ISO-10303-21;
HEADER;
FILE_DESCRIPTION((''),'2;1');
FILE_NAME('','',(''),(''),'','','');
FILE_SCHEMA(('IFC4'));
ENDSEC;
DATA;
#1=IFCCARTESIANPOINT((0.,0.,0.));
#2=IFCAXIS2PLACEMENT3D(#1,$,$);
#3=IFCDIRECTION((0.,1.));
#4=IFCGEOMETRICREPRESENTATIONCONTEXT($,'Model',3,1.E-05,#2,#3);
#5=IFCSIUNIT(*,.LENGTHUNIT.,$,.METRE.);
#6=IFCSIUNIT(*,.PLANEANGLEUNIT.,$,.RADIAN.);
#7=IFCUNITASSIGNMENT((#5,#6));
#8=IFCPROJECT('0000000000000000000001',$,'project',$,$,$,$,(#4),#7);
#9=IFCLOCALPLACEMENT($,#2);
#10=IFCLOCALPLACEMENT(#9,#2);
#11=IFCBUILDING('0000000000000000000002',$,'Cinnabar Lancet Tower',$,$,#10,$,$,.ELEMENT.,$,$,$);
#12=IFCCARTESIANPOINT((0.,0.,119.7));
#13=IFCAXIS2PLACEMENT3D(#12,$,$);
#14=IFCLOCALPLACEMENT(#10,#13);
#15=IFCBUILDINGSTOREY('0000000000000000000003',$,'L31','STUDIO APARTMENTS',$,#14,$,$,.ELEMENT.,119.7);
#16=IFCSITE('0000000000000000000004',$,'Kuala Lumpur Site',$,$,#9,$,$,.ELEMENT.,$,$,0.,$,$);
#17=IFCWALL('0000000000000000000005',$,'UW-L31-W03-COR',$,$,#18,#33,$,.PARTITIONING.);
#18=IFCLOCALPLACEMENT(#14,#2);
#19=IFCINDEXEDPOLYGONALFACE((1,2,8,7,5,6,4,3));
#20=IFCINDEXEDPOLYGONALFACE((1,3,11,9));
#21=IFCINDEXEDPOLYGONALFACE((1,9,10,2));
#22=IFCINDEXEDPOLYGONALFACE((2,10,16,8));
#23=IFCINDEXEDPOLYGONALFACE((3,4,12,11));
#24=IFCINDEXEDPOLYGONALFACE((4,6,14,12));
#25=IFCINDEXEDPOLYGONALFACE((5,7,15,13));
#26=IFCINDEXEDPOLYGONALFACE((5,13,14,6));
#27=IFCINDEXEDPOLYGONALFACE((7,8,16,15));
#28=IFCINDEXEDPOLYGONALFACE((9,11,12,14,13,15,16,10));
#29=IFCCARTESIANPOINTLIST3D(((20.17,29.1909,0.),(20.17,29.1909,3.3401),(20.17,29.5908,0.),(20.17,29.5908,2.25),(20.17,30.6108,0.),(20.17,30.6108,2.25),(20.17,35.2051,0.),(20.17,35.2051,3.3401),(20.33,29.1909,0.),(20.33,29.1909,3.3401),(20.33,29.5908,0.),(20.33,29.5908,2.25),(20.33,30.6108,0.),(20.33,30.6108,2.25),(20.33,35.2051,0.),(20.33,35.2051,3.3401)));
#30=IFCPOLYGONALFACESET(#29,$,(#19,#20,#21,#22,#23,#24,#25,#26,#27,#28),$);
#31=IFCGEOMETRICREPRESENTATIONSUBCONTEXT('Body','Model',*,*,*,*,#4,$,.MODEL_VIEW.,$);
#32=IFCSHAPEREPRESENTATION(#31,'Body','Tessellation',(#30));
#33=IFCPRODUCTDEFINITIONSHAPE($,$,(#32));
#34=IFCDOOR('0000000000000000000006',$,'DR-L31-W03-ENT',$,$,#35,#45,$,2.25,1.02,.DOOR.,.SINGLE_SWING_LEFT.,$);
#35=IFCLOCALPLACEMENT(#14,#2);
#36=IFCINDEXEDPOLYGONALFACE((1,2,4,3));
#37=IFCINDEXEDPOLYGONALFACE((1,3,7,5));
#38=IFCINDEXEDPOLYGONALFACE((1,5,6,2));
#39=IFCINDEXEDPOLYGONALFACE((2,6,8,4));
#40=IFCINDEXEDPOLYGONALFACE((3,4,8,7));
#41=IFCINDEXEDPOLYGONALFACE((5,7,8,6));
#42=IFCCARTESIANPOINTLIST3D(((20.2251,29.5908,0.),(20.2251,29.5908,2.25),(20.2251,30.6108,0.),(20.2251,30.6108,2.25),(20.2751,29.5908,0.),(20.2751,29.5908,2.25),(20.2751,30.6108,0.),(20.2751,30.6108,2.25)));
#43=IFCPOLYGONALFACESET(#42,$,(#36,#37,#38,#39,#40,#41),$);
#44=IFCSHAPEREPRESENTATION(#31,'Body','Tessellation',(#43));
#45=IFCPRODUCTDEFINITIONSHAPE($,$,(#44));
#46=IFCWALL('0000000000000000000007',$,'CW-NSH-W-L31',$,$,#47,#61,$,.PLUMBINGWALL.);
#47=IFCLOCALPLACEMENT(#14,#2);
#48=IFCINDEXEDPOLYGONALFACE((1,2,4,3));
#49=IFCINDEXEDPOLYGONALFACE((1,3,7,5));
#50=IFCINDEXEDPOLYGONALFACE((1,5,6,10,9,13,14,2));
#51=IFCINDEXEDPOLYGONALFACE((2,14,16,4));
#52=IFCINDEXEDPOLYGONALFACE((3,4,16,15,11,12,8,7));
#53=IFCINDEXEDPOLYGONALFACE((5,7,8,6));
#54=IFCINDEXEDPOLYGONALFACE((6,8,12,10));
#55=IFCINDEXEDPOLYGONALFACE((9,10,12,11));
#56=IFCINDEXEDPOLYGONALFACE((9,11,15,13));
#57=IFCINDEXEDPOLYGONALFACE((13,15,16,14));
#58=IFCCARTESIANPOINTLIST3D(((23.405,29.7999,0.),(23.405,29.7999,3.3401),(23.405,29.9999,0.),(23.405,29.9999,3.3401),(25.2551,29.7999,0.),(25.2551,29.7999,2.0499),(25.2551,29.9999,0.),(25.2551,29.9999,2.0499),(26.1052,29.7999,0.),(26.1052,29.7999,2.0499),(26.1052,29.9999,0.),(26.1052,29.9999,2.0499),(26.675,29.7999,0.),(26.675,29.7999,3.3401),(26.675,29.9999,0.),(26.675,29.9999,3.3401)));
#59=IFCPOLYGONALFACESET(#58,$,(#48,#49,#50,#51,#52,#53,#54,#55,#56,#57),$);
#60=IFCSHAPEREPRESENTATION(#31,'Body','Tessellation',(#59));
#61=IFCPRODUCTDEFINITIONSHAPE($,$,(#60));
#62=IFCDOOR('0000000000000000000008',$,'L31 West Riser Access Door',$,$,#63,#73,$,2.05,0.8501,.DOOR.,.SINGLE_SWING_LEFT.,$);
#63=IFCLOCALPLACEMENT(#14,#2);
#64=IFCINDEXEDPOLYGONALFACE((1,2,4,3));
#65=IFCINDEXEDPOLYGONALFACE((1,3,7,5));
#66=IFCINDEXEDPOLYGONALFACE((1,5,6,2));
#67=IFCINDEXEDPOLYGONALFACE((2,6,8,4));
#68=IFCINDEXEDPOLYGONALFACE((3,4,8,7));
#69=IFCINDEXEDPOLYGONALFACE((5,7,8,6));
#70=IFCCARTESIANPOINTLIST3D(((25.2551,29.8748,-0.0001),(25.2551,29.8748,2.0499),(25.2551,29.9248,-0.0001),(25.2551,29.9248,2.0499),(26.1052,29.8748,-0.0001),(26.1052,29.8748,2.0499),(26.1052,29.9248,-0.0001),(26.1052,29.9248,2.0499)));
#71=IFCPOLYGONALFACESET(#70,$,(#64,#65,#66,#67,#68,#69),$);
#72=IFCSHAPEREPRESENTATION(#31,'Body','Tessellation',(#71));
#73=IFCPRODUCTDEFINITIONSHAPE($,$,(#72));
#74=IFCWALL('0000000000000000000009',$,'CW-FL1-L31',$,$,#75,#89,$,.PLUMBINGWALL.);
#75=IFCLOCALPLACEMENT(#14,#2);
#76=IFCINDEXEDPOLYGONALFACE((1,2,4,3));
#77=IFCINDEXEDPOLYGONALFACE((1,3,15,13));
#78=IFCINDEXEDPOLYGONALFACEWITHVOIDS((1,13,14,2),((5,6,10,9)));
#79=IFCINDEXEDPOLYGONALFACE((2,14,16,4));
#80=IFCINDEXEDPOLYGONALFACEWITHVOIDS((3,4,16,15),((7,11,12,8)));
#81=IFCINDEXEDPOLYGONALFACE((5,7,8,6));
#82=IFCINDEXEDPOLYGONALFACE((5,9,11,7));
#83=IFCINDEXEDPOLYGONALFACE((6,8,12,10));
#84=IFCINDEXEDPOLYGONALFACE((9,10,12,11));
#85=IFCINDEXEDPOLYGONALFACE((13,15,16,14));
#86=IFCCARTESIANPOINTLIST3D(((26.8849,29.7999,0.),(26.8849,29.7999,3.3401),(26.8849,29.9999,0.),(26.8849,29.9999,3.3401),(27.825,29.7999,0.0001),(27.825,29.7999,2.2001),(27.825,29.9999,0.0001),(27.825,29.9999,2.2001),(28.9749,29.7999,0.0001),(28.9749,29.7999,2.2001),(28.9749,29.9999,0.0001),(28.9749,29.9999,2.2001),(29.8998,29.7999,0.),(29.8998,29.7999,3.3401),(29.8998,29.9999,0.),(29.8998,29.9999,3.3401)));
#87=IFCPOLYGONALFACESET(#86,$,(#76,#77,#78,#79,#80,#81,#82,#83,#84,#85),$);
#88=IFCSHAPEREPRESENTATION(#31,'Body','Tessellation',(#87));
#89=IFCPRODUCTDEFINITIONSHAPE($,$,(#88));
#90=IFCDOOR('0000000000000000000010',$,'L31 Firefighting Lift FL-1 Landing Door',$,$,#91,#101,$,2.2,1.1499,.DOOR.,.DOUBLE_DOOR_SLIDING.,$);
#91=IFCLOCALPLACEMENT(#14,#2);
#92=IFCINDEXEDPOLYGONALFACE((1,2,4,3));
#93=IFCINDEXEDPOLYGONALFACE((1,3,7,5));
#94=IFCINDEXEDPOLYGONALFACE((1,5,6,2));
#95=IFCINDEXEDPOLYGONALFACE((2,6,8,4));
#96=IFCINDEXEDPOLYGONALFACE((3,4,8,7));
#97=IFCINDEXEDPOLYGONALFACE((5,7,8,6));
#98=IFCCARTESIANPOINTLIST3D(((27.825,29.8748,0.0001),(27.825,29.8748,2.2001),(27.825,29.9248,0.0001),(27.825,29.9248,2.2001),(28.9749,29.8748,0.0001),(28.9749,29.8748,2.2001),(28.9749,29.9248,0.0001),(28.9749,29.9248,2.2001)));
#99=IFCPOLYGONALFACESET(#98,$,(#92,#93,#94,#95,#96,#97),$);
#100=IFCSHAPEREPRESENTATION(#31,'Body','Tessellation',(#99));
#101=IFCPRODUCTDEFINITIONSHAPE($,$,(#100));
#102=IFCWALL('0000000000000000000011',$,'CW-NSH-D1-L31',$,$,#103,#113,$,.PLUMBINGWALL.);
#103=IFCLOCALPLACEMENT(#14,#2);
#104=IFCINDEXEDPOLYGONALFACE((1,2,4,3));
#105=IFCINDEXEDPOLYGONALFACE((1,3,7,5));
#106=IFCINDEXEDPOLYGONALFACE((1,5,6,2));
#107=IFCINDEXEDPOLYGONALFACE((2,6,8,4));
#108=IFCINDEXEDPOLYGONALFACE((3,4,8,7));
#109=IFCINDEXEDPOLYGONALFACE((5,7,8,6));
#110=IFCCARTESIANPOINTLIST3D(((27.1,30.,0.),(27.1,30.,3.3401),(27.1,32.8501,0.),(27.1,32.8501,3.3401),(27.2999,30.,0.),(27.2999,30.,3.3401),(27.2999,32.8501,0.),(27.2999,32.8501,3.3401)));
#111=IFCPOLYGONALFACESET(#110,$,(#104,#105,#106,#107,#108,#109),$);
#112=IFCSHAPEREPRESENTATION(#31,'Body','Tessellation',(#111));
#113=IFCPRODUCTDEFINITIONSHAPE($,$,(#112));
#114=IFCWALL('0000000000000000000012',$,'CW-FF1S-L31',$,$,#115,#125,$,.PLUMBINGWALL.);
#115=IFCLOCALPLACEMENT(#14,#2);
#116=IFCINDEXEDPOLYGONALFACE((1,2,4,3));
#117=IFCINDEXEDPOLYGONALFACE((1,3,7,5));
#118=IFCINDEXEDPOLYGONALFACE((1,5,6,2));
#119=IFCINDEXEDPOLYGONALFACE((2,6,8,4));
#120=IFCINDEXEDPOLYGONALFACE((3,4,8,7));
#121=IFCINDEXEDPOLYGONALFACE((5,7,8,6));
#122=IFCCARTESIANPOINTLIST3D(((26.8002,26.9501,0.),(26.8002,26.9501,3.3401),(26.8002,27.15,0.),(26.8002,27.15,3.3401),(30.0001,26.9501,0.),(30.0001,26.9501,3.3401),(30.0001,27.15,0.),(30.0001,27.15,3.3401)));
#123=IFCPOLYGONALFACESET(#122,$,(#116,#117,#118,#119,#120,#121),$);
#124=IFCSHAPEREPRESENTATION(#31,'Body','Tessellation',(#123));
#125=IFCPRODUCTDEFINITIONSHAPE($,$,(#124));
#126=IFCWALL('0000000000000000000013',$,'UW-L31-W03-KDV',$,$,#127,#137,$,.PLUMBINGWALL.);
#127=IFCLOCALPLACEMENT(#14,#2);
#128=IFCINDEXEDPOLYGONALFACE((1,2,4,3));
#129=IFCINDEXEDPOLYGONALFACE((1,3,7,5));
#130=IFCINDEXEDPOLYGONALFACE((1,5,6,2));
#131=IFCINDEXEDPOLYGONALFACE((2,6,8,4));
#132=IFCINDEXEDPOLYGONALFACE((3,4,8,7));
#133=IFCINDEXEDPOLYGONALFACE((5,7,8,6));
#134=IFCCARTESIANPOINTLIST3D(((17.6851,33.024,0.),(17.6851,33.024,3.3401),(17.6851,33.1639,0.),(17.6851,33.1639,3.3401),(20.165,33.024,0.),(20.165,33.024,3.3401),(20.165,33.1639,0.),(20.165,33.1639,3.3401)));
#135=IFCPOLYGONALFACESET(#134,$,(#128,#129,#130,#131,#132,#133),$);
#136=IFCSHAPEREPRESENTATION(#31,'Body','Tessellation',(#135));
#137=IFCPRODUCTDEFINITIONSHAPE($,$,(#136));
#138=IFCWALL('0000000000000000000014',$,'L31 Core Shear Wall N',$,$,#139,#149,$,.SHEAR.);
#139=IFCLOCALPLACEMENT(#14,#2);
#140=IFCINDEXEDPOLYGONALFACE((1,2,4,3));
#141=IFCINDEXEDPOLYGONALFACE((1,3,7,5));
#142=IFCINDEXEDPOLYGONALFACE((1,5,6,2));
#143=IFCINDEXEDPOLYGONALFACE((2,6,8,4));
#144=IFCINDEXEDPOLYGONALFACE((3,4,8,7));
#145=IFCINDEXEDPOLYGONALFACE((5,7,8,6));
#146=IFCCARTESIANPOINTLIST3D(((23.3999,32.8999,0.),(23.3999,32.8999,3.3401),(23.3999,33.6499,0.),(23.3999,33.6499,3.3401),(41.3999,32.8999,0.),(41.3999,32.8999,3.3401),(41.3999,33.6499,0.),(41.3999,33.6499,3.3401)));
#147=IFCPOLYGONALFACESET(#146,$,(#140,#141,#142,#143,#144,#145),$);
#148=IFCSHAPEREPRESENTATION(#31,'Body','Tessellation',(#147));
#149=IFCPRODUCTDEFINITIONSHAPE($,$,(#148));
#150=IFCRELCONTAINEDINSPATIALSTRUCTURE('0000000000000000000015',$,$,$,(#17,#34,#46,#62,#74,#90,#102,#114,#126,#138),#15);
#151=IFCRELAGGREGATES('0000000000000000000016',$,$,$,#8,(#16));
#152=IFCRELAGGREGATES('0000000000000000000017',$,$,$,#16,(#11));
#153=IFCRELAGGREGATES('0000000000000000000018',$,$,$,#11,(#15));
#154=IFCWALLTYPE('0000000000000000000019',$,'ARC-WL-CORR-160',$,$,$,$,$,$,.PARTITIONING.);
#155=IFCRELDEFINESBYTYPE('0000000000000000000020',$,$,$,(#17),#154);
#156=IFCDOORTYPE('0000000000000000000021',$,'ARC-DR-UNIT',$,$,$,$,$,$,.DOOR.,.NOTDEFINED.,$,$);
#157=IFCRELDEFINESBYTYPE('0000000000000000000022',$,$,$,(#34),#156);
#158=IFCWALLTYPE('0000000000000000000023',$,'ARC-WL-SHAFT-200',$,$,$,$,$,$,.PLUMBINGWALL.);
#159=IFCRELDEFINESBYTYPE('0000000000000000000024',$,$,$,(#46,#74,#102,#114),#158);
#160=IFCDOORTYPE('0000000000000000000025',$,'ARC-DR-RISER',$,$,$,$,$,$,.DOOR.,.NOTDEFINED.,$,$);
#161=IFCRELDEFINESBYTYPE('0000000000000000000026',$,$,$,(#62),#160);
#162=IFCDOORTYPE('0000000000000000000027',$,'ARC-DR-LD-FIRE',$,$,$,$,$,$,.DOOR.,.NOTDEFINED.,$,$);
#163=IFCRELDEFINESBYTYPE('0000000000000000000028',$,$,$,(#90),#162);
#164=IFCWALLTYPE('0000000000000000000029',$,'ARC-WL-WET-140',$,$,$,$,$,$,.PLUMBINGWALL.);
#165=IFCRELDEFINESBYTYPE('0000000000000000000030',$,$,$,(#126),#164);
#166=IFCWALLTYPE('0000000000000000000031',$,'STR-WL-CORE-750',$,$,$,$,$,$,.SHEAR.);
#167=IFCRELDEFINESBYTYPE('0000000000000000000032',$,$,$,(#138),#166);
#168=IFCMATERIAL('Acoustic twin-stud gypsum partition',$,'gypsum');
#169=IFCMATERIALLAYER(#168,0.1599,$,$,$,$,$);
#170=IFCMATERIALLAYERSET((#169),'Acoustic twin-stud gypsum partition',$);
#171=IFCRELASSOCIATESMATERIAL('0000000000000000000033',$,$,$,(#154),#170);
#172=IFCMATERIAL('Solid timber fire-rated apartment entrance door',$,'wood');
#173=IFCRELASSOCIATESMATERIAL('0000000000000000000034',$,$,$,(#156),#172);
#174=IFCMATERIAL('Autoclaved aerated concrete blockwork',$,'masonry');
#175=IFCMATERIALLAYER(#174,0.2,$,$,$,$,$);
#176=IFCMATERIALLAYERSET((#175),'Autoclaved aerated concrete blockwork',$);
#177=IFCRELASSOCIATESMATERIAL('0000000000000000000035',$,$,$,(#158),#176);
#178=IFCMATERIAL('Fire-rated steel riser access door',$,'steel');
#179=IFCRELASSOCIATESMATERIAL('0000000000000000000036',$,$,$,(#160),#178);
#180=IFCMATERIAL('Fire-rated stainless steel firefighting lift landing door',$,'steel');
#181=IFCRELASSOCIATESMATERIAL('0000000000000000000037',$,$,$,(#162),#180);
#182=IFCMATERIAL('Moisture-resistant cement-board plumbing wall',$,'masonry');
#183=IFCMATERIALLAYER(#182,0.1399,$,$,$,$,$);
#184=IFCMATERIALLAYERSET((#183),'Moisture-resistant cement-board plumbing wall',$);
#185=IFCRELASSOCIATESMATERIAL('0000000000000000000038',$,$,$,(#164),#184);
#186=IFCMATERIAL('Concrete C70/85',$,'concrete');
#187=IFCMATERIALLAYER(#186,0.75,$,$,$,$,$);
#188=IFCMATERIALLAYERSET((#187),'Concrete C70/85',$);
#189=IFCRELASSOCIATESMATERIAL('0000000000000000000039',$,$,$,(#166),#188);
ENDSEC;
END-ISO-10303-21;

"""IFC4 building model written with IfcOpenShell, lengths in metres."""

from ifc_helpers import new_model, si_unit, direction, frame, frame_2d, origin, place, context, subcontext, project, spatial, rectangle, extrude, material, layer, layer_set, type_object, element, fill, save


model = new_model("IFC4")

# Units and contexts
model_context = context("Model", 3, precision=1e-05, world=origin(), true_north=direction((0.0, 1.0)))
body_context = subcontext(model_context, "Body", "Model", "MODEL_VIEW")
ifc_project = project(units=[si_unit("LENGTHUNIT", "METRE"), si_unit("PLANEANGLEUNIT", "RADIAN")], contexts=[model_context])

# Site, building, storey
site_placement = place(None, origin())
site = spatial("IfcSite", under=ifc_project, at=site_placement, Name="Kuala Lumpur Site", CompositionType="ELEMENT", RefElevation=0.0)
building_placement = place(site_placement, origin())
building = spatial("IfcBuilding", under=site, at=building_placement, Name="Cinnabar Lancet Tower", CompositionType="ELEMENT")
storey_placement = place(building_placement, frame((0.0, 0.0, 119.7)))
storey = spatial("IfcBuildingStorey", under=building, at=storey_placement, Name="L31", Description="STUDIO APARTMENTS", CompositionType="ELEMENT", Elevation=119.7)

# Walls, openings, doors
ifc_material_1 = material(Name="Acoustic twin-stud gypsum partition", Category="gypsum")
ifc_layer_1 = layer(ifc_material_1, 0.1599)
ifc_layer_set_1 = layer_set([ifc_layer_1], Name="Acoustic twin-stud gypsum partition")
wall_type_1 = type_object("IfcWallType", Name="ARC-WL-CORR-160", PredefinedType="PARTITIONING", material=ifc_layer_set_1)
wall_1_placement = place(storey_placement, frame((20.25, 29.1909, 0.0), z_axis=(0.0, 0.0, 1.0), x_axis=(0.0, 1.0, 0.0)))
wall_1 = element("IfcWall", 1, at=wall_1_placement, inside=storey, type_object=wall_type_1, Name="UW-L31-W03-COR", PredefinedType="PARTITIONING", context=body_context, shape_type="SweptSolid", body=[
    extrude(rectangle(XDim=6.0142, YDim=0.1599, at=frame_2d((3.0071, 0.0))), origin(), (0.0, 0.0, 1.0), 3.3401),
])
opening_1_placement = place(wall_1_placement, frame((0.3999, 0.0, 0.0)))
opening_1 = element("IfcOpeningElement", 2, at=opening_1_placement, cuts=wall_1, PredefinedType="OPENING", context=body_context, shape_type="SweptSolid", body=[
    extrude(rectangle(XDim=1.02, YDim=2.25, at=frame_2d((0.51, 1.125))), frame((0.0, 0.0898, 0.0), z_axis=(0.0, -1.0, 0.0), x_axis=(1.0, 0.0, 0.0)), (0.0, 0.0, 1.0), 0.1799),
])
ifc_material_2 = material(Name="Solid timber fire-rated apartment entrance door", Category="wood")
door_type_1 = type_object("IfcDoorType", Name="ARC-DR-UNIT", OperationType="NOTDEFINED", PredefinedType="DOOR", material=ifc_material_2)
door_1_placement = place(opening_1_placement, origin())
door_1 = element("IfcDoor", 3, at=door_1_placement, inside=storey, type_object=door_type_1, Name="DR-L31-W03-ENT", OperationType="SINGLE_SWING_LEFT", OverallHeight=2.25, OverallWidth=1.02, PredefinedType="DOOR", context=body_context, shape_type="SweptSolid", body=[
    extrude(rectangle(XDim=1.02, YDim=2.25, at=frame_2d((0.51, 1.125))), frame((0.0, 0.0249, 0.0), z_axis=(0.0, -1.0, 0.0), x_axis=(1.0, 0.0, 0.0)), (0.0, 0.0, 1.0), 0.05),
])
fill(opening_1, door_1)
ifc_material_3 = material(Name="Autoclaved aerated concrete blockwork", Category="masonry")
ifc_layer_2 = layer(ifc_material_3, 0.2)
ifc_layer_set_2 = layer_set([ifc_layer_2], Name="Autoclaved aerated concrete blockwork")
wall_type_2 = type_object("IfcWallType", Name="ARC-WL-SHAFT-200", PredefinedType="PLUMBINGWALL", material=ifc_layer_set_2)
wall_2_placement = place(storey_placement, frame((23.405, 29.8999, 0.0), z_axis=(0.0, 0.0, 1.0), x_axis=(1.0, 0.0, 0.0)))
wall_2 = element("IfcWall", 4, at=wall_2_placement, inside=storey, type_object=wall_type_2, Name="CW-NSH-W-L31", PredefinedType="PLUMBINGWALL", context=body_context, shape_type="SweptSolid", body=[
    extrude(rectangle(XDim=3.27, YDim=0.2, at=frame_2d((1.635, 0.0))), origin(), (0.0, 0.0, 1.0), 3.3401),
])
opening_2_placement = place(wall_2_placement, frame((1.8501, 0.0, 0.0)))
opening_2 = element("IfcOpeningElement", 5, at=opening_2_placement, cuts=wall_2, PredefinedType="OPENING", context=body_context, shape_type="SweptSolid", body=[
    extrude(rectangle(XDim=0.8501, YDim=2.05, at=frame_2d((0.425, 1.0249))), frame((0.0, 0.1099, 0.0), z_axis=(0.0, -1.0, 0.0), x_axis=(1.0, 0.0, 0.0)), (0.0, 0.0, 1.0), 0.22),
])
ifc_material_4 = material(Name="Fire-rated steel riser access door", Category="steel")
door_type_2 = type_object("IfcDoorType", Name="ARC-DR-RISER", OperationType="NOTDEFINED", PredefinedType="DOOR", material=ifc_material_4)
door_2_placement = place(opening_2_placement, origin())
door_2 = element("IfcDoor", 6, at=door_2_placement, inside=storey, type_object=door_type_2, Name="L31 West Riser Access Door", OperationType="SINGLE_SWING_LEFT", OverallHeight=2.05, OverallWidth=0.8501, PredefinedType="DOOR", context=body_context, shape_type="SweptSolid", body=[
    extrude(rectangle(XDim=0.8501, YDim=2.05, at=frame_2d((0.425, 1.0249))), frame((0.0, 0.0249, 0.0), z_axis=(0.0, -1.0, 0.0), x_axis=(1.0, 0.0, 0.0)), (0.0, 0.0, 1.0), 0.05),
])
fill(opening_2, door_2)
wall_3_placement = place(storey_placement, frame((26.885, 29.8999, 0.0), z_axis=(0.0, 0.0, 1.0), x_axis=(1.0, 0.0, 0.0)))
wall_3 = element("IfcWall", 7, at=wall_3_placement, inside=storey, type_object=wall_type_2, Name="CW-FL1-L31", PredefinedType="PLUMBINGWALL", context=body_context, shape_type="SweptSolid", body=[
    extrude(rectangle(XDim=3.0149, YDim=0.2, at=frame_2d((1.5073, 0.0))), origin(), (0.0, 0.0, 1.0), 3.3401),
])
opening_3_placement = place(wall_3_placement, frame((0.9399, 0.0, 0.0)))
opening_3 = element("IfcOpeningElement", 8, at=opening_3_placement, cuts=wall_3, PredefinedType="OPENING", context=body_context, shape_type="SweptSolid", body=[
    extrude(rectangle(XDim=1.1499, YDim=2.2, at=frame_2d((0.575, 1.1001))), frame((0.0, 0.1099, 0.0), z_axis=(0.0, -1.0, 0.0), x_axis=(1.0, 0.0, 0.0)), (0.0, 0.0, 1.0), 0.22),
])
ifc_material_5 = material(Name="Fire-rated stainless steel firefighting lift landing door", Category="steel")
door_type_3 = type_object("IfcDoorType", Name="ARC-DR-LD-FIRE", OperationType="NOTDEFINED", PredefinedType="DOOR", material=ifc_material_5)
door_3_placement = place(opening_3_placement, origin())
door_3 = element("IfcDoor", 9, at=door_3_placement, inside=storey, type_object=door_type_3, Name="L31 Firefighting Lift FL-1 Landing Door", OperationType="DOUBLE_DOOR_SLIDING", OverallHeight=2.2, OverallWidth=1.1499, PredefinedType="DOOR", context=body_context, shape_type="SweptSolid", body=[
    extrude(rectangle(XDim=1.1499, YDim=2.2, at=frame_2d((0.575, 1.1001))), frame((0.0, 0.0249, 0.0), z_axis=(0.0, -1.0, 0.0), x_axis=(1.0, 0.0, 0.0)), (0.0, 0.0, 1.0), 0.05),
])
fill(opening_3, door_3)

# Walls
wall_4_placement = place(storey_placement, frame((27.2, 30.0, 0.0), z_axis=(0.0, 0.0, 1.0), x_axis=(0.0, 1.0, 0.0)))
element("IfcWall", 10, at=wall_4_placement, inside=storey, type_object=wall_type_2, Name="CW-NSH-D1-L31", PredefinedType="PLUMBINGWALL", context=body_context, shape_type="SweptSolid", body=[
    extrude(rectangle(XDim=2.8501, YDim=0.2, at=frame_2d((1.425, 0.0))), origin(), (0.0, 0.0, 1.0), 3.3401),
])
wall_5_placement = place(storey_placement, frame((26.8, 27.05, 0.0), z_axis=(0.0, 0.0, 1.0), x_axis=(1.0, 0.0, 0.0)))
element("IfcWall", 11, at=wall_5_placement, inside=storey, type_object=wall_type_2, Name="CW-FF1S-L31", PredefinedType="PLUMBINGWALL", context=body_context, shape_type="SweptSolid", body=[
    extrude(rectangle(XDim=3.2, YDim=0.2, at=frame_2d((1.6001, 0.0))), origin(), (0.0, 0.0, 1.0), 3.3401),
])
ifc_material_6 = material(Name="Moisture-resistant cement-board plumbing wall", Category="masonry")
ifc_layer_3 = layer(ifc_material_6, 0.1399)
ifc_layer_set_3 = layer_set([ifc_layer_3], Name="Moisture-resistant cement-board plumbing wall")
wall_type_3 = type_object("IfcWallType", Name="ARC-WL-WET-140", PredefinedType="PLUMBINGWALL", material=ifc_layer_set_3)
wall_6_placement = place(storey_placement, frame((17.6851, 33.094, 0.0), z_axis=(0.0, 0.0, 1.0), x_axis=(1.0, 0.0, 0.0)))
element("IfcWall", 12, at=wall_6_placement, inside=storey, type_object=wall_type_3, Name="UW-L31-W03-KDV", PredefinedType="PLUMBINGWALL", context=body_context, shape_type="SweptSolid", body=[
    extrude(rectangle(XDim=2.48, YDim=0.1399, at=frame_2d((1.24, 0.0))), origin(), (0.0, 0.0, 1.0), 3.3401),
])
ifc_material_7 = material(Name="Concrete C70/85", Category="concrete")
ifc_layer_4 = layer(ifc_material_7, 0.75)
ifc_layer_set_4 = layer_set([ifc_layer_4], Name="Concrete C70/85")
wall_type_4 = type_object("IfcWallType", Name="STR-WL-CORE-750", PredefinedType="SHEAR", material=ifc_layer_set_4)
wall_7_placement = place(storey_placement, frame((23.3999, 33.2749, 0.0), z_axis=(0.0, 0.0, 1.0), x_axis=(1.0, 0.0, 0.0)))
element("IfcWall", 13, at=wall_7_placement, inside=storey, type_object=wall_type_4, Name="L31 Core Shear Wall N", PredefinedType="SHEAR", context=body_context, shape_type="SweptSolid", body=[
    extrude(rectangle(XDim=18.0, YDim=0.75, at=frame_2d((9.0, 0.0))), origin(), (0.0, 0.0, 1.0), 3.3401),
])

save(model, "model.ifc")
